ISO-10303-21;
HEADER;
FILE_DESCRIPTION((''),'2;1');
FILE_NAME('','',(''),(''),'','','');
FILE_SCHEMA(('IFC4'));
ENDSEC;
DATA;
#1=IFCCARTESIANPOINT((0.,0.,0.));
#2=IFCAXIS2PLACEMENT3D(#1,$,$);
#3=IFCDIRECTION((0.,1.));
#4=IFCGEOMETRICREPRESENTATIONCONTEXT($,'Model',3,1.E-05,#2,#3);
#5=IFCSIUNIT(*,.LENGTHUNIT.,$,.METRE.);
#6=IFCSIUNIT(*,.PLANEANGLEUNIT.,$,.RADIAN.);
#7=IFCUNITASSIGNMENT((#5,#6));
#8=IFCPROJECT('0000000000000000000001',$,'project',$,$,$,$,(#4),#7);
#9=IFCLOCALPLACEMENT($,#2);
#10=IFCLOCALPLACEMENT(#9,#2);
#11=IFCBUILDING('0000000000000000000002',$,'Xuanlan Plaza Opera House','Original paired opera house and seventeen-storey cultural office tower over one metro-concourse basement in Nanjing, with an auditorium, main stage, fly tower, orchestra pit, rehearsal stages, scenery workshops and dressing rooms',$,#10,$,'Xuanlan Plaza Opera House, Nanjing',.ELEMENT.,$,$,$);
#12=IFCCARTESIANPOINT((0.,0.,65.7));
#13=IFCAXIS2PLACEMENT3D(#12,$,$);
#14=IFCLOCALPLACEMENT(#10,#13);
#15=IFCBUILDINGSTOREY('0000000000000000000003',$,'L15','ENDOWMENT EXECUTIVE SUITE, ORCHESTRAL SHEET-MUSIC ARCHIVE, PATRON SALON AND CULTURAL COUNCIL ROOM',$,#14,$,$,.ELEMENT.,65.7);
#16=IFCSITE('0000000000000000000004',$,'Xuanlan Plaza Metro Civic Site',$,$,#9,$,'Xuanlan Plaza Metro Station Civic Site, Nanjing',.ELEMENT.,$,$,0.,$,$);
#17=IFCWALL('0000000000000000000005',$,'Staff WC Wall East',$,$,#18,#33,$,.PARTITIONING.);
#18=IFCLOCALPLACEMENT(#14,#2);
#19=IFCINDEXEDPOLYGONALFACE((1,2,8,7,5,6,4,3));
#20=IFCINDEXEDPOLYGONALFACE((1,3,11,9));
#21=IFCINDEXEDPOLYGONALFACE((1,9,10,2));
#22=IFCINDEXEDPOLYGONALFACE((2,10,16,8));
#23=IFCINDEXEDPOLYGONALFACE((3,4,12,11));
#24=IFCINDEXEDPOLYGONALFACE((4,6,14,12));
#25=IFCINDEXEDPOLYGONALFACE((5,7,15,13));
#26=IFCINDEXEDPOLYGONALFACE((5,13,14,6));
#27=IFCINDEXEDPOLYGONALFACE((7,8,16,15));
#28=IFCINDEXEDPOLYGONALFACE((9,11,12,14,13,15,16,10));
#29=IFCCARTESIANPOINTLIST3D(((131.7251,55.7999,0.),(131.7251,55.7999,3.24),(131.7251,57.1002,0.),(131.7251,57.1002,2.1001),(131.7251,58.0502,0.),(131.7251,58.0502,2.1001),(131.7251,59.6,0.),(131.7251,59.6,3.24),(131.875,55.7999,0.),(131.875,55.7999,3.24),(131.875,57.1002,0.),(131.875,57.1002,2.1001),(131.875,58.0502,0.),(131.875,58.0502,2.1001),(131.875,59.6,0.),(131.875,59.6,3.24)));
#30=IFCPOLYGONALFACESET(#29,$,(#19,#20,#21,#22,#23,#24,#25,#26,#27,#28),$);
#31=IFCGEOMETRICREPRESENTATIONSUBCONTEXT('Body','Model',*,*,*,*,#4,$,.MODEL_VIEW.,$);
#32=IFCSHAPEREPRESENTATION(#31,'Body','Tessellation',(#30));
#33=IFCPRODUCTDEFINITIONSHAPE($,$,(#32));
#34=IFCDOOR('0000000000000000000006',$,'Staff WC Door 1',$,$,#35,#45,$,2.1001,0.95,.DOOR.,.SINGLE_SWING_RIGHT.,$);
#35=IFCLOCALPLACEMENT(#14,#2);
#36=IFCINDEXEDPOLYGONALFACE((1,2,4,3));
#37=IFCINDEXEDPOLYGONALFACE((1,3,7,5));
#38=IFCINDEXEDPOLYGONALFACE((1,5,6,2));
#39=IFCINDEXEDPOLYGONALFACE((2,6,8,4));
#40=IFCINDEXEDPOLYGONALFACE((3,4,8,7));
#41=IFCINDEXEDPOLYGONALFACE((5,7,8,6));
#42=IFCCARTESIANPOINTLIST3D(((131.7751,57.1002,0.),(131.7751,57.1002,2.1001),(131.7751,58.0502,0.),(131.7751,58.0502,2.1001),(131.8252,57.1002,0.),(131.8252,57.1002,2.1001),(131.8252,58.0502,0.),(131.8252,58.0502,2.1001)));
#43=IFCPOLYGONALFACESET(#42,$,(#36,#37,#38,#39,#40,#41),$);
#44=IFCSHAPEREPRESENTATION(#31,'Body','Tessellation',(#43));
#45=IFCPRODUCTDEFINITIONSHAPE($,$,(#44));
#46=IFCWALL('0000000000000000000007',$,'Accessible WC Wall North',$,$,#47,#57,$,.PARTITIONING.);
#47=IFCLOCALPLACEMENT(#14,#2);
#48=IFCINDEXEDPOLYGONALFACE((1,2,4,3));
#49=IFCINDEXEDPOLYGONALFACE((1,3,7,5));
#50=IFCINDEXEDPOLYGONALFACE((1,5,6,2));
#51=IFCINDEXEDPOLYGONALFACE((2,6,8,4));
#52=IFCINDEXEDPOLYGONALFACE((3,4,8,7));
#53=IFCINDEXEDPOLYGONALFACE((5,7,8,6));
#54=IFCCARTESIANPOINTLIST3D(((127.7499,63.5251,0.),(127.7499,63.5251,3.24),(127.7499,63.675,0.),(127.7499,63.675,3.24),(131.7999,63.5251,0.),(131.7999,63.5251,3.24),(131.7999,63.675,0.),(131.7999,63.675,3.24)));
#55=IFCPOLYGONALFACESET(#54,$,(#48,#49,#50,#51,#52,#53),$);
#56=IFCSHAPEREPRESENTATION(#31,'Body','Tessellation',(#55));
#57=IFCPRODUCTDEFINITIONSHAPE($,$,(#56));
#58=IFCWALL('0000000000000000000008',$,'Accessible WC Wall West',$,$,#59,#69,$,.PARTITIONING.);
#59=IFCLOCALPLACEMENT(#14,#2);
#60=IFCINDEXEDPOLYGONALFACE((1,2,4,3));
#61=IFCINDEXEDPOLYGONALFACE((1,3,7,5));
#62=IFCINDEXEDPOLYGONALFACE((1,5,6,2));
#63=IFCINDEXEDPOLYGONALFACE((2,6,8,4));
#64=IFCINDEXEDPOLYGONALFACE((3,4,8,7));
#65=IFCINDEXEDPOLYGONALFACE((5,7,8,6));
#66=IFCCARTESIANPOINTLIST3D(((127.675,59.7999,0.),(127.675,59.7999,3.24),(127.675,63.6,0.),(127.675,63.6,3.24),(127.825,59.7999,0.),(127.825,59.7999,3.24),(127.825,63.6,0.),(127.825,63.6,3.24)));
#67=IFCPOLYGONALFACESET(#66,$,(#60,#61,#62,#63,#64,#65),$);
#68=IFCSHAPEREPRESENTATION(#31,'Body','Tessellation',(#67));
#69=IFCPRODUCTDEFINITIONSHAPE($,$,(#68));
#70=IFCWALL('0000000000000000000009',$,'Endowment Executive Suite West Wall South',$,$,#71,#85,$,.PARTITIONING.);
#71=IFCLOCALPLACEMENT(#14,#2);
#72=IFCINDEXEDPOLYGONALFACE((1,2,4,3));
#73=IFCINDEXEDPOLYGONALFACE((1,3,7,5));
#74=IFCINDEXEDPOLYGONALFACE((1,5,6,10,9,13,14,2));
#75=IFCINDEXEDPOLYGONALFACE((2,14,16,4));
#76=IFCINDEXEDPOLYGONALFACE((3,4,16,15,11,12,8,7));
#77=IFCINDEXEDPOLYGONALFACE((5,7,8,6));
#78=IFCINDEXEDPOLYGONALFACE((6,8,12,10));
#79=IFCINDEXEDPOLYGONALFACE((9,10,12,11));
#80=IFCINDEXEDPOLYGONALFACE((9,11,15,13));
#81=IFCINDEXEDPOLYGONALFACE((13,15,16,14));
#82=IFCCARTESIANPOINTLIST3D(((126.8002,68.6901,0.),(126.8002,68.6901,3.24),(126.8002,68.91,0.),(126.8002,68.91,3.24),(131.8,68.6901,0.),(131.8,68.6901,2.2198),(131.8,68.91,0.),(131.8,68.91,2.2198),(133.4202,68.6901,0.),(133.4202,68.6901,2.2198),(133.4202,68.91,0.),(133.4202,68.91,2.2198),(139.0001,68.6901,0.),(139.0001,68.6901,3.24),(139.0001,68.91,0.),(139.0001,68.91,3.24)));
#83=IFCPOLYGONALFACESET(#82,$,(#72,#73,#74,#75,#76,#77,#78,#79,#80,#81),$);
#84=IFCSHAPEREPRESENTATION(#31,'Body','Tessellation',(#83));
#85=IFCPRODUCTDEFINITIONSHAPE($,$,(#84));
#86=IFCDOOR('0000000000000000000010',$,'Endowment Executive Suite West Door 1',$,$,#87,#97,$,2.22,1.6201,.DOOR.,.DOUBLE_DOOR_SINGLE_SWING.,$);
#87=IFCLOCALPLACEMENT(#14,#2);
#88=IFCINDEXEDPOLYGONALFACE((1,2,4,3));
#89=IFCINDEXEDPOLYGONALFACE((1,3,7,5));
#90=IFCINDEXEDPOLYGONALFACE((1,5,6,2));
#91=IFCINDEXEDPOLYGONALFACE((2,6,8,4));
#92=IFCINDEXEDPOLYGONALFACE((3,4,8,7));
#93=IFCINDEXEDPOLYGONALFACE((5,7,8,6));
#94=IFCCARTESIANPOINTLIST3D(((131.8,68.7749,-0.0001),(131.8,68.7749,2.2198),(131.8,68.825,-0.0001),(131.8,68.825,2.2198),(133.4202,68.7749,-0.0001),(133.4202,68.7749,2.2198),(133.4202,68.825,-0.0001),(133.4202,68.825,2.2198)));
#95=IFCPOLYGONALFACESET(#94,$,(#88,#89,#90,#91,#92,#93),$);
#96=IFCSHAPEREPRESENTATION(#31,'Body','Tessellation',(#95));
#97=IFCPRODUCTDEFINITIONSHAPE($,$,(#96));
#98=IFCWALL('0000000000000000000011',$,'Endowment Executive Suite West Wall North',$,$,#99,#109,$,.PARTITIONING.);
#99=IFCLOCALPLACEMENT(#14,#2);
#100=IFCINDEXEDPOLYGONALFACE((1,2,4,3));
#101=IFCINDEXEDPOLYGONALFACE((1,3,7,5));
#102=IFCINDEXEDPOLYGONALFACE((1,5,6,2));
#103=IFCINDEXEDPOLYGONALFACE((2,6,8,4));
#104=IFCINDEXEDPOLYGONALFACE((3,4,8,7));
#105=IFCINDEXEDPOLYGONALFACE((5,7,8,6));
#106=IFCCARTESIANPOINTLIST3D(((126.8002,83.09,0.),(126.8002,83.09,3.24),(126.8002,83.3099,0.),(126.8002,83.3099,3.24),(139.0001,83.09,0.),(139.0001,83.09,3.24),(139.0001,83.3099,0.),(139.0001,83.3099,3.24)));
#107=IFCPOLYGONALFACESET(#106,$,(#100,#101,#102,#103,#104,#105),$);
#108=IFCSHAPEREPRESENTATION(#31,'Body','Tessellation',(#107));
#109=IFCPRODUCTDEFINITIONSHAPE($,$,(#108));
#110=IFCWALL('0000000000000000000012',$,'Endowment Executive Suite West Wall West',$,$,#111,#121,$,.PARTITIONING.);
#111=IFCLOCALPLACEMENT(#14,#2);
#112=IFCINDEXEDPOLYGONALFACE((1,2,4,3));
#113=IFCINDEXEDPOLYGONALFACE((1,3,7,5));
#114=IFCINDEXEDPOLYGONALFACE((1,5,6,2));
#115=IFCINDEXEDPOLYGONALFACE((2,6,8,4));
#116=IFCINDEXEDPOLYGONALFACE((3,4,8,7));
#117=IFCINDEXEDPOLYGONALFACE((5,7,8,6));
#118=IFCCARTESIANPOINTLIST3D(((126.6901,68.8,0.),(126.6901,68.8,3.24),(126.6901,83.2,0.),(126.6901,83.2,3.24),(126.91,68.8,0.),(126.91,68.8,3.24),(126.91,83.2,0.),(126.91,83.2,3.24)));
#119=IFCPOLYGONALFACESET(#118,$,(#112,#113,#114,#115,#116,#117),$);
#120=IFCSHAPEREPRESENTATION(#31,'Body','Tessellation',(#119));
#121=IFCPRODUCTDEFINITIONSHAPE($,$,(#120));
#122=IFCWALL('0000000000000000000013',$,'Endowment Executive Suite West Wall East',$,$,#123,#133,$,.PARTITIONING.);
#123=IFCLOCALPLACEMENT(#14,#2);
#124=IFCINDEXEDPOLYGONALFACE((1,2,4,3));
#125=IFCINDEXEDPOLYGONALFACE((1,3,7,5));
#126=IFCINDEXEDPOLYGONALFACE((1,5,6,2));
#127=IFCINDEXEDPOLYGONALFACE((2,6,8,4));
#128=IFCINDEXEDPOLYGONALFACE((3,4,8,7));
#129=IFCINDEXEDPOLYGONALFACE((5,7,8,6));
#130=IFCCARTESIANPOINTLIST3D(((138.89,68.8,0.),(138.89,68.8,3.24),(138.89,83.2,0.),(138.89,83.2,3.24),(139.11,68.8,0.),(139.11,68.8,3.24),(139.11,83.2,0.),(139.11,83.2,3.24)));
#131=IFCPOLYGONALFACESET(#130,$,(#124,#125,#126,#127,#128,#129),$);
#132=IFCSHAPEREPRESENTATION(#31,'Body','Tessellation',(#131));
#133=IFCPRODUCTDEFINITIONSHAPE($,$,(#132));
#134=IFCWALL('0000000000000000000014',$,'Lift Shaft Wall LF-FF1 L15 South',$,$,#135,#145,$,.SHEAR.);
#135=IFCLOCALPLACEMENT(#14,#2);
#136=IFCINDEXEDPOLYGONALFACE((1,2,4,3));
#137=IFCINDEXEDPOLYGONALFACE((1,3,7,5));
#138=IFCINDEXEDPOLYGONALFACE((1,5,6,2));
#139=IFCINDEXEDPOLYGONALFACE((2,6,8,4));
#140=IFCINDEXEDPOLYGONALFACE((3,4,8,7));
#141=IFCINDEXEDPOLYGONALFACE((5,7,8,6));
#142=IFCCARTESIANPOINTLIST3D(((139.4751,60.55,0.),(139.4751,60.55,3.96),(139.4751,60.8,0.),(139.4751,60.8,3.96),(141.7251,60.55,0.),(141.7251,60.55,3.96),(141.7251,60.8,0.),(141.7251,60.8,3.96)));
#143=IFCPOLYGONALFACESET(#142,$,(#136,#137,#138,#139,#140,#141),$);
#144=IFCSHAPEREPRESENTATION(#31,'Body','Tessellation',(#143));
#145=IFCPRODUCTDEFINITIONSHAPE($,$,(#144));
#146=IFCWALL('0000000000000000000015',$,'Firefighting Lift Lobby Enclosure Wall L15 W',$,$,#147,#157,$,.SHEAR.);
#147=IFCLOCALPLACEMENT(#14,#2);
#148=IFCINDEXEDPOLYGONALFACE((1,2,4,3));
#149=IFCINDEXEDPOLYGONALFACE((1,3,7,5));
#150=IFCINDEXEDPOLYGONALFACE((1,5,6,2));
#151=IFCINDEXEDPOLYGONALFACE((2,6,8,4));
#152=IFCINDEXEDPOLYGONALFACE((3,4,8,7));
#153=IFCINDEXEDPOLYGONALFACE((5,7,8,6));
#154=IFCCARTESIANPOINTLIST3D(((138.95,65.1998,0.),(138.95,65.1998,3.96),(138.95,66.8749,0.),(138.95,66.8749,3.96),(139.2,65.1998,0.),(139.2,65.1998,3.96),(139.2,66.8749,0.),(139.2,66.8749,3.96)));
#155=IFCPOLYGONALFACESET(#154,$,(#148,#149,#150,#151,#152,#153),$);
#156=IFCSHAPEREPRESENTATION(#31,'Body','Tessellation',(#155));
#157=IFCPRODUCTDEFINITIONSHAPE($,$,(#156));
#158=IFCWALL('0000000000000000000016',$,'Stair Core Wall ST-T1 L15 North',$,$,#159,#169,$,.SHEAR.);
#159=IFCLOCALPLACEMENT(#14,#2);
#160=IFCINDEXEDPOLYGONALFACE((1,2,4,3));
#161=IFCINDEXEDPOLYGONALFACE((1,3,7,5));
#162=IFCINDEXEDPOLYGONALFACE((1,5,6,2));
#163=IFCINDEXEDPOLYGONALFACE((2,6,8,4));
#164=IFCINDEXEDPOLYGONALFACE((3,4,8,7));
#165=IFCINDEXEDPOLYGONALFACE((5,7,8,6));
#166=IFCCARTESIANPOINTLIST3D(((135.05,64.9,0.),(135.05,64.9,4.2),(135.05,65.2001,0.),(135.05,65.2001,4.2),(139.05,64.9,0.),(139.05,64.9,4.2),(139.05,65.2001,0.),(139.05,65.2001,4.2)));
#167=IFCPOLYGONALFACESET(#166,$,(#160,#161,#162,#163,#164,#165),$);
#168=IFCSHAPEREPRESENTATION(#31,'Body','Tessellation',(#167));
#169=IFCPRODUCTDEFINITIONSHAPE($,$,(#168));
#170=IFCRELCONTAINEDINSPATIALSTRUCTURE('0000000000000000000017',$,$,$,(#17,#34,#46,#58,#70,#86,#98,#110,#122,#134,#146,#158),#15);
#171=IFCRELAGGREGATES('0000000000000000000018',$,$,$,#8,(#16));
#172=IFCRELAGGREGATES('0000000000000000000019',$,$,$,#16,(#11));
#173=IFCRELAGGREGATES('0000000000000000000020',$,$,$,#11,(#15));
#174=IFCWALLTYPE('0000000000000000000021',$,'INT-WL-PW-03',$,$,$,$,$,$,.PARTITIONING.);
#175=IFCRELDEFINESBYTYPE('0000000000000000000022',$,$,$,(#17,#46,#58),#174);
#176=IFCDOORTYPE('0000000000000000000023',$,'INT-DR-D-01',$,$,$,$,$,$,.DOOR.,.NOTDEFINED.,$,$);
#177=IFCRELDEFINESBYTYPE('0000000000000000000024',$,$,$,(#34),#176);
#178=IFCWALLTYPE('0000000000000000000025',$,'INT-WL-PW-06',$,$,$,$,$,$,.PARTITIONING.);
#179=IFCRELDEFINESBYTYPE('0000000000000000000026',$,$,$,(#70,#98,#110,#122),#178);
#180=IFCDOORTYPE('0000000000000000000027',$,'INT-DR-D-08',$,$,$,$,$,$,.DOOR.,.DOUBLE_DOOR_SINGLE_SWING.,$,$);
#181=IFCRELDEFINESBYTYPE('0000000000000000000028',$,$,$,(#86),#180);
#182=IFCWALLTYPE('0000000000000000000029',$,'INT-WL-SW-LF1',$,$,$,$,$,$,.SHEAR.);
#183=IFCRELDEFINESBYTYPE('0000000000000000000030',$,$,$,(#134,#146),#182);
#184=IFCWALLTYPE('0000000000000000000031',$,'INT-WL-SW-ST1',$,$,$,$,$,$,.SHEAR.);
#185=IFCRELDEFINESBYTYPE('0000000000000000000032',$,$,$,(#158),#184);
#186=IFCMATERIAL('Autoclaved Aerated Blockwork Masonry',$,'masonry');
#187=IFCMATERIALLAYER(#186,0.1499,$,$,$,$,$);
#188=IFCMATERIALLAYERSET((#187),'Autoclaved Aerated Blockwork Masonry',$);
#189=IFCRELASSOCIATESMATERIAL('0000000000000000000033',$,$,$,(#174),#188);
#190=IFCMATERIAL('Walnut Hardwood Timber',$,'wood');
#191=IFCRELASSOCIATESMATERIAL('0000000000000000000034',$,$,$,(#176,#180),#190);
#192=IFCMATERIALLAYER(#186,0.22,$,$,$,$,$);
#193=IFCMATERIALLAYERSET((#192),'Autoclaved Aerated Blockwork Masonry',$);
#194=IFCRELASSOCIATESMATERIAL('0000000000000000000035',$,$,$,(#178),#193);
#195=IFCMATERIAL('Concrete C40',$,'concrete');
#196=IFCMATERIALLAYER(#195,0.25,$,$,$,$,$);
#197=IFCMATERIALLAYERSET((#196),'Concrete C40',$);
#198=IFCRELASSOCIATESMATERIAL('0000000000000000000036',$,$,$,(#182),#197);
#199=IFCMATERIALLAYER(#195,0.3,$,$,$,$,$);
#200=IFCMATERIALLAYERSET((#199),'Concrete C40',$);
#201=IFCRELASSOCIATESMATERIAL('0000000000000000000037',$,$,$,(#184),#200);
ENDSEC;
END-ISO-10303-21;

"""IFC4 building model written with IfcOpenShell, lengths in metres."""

from ifc_helpers import new_model, si_unit, direction, frame, frame_2d, origin, place, context, subcontext, project, spatial, rectangle, extrude, material, layer, layer_set, type_object, element, fill, save


model = new_model("IFC4")

# Units and contexts
model_context = context("Model", 3, precision=1e-05, world=origin(), true_north=direction((0.0, 1.0)))
body_context = subcontext(model_context, "Body", "Model", "MODEL_VIEW")
ifc_project = project(units=[si_unit("LENGTHUNIT", "METRE"), si_unit("PLANEANGLEUNIT", "RADIAN")], contexts=[model_context])

# Site, building, storey
site_placement = place(None, origin())
site = spatial("IfcSite", under=ifc_project, at=site_placement, Name="Xuanlan Plaza Metro Civic Site", LongName="Xuanlan Plaza Metro Station Civic Site, Nanjing", CompositionType="ELEMENT", RefElevation=0.0)
building_placement = place(site_placement, origin())
building = spatial("IfcBuilding", under=site, at=building_placement, Name="Xuanlan Plaza Opera House", Description="Original paired opera house and seventeen-storey cultural office tower over one metro-concourse basement in Nanjing, with an auditorium, main stage, fly tower, orchestra pit, rehearsal stages, scenery workshops and dressing rooms", LongName="Xuanlan Plaza Opera House, Nanjing", CompositionType="ELEMENT")
storey_placement = place(building_placement, frame((0.0, 0.0, 65.7)))
storey = spatial("IfcBuildingStorey", under=building, at=storey_placement, Name="L15", Description="ENDOWMENT EXECUTIVE SUITE, ORCHESTRAL SHEET-MUSIC ARCHIVE, PATRON SALON AND CULTURAL COUNCIL ROOM", CompositionType="ELEMENT", Elevation=65.7)

# Shared definitions
ifc_material_1 = material(Name="Concrete C40", Category="concrete")

# Shared definitions
ifc_material_2 = material(Name="Walnut Hardwood Timber", Category="wood")

# Shared definitions
ifc_material_3 = material(Name="Autoclaved Aerated Blockwork Masonry", Category="masonry")
ifc_layer_1 = layer(ifc_material_3, 0.1499)
ifc_layer_set_1 = layer_set([ifc_layer_1], Name="Autoclaved Aerated Blockwork Masonry")
wall_type_1 = type_object("IfcWallType", Name="INT-WL-PW-03", PredefinedType="PARTITIONING", material=ifc_layer_set_1)

# Wall, opening, door
wall_1_placement = place(storey_placement, frame((131.8, 55.8, 0.0), z_axis=(0.0, 0.0, 1.0), x_axis=(0.0, 1.0, 0.0)))
wall_1 = element("IfcWall", 1, at=wall_1_placement, inside=storey, type_object=wall_type_1, Name="Staff WC Wall East", PredefinedType="PARTITIONING", context=body_context, shape_type="SweptSolid", body=[
    extrude(rectangle(XDim=3.8, YDim=0.1499, at=frame_2d((1.8999, 0.0))), origin(), (0.0, 0.0, 1.0), 3.24),
])
opening_1_placement = place(wall_1_placement, frame((1.3, 0.0, 0.0)))
opening_1 = element("IfcOpeningElement", 2, at=opening_1_placement, cuts=wall_1, PredefinedType="OPENING", context=body_context, shape_type="SweptSolid", body=[
    extrude(rectangle(XDim=0.95, YDim=2.1001, at=frame_2d((0.4751, 1.05))), frame((0.0, 0.085, 0.0), z_axis=(0.0, -1.0, 0.0), x_axis=(1.0, 0.0, 0.0)), (0.0, 0.0, 1.0), 0.1699),
])
door_type_1 = type_object("IfcDoorType", Name="INT-DR-D-01", OperationType="NOTDEFINED", PredefinedType="DOOR", material=ifc_material_2)
door_1_placement = place(opening_1_placement, origin())
door_1 = element("IfcDoor", 3, at=door_1_placement, inside=storey, type_object=door_type_1, Name="Staff WC Door 1", OperationType="SINGLE_SWING_RIGHT", OverallHeight=2.1001, OverallWidth=0.95, PredefinedType="DOOR", context=body_context, shape_type="SweptSolid", body=[
    extrude(rectangle(XDim=0.95, YDim=2.1001, at=frame_2d((0.4751, 1.05))), frame((0.0, 0.0249, 0.0), z_axis=(0.0, -1.0, 0.0), x_axis=(1.0, 0.0, 0.0)), (0.0, 0.0, 1.0), 0.05),
])
fill(opening_1, door_1)

# Walls
wall_2_placement = place(storey_placement, frame((127.75, 63.6001, 0.0), z_axis=(0.0, 0.0, 1.0), x_axis=(1.0, 0.0, 0.0)))
element("IfcWall", 4, at=wall_2_placement, inside=storey, type_object=wall_type_1, Name="Accessible WC Wall North", PredefinedType="PARTITIONING", context=body_context, shape_type="SweptSolid", body=[
    extrude(rectangle(XDim=4.05, YDim=0.1499, at=frame_2d((2.0249, 0.0))), origin(), (0.0, 0.0, 1.0), 3.24),
])
wall_3_placement = place(storey_placement, frame((127.75, 59.8, 0.0), z_axis=(0.0, 0.0, 1.0), x_axis=(0.0, 1.0, 0.0)))
element("IfcWall", 5, at=wall_3_placement, inside=storey, type_object=wall_type_1, Name="Accessible WC Wall West", PredefinedType="PARTITIONING", context=body_context, shape_type="SweptSolid", body=[
    extrude(rectangle(XDim=3.8, YDim=0.1499, at=frame_2d((1.8999, 0.0))), origin(), (0.0, 0.0, 1.0), 3.24),
])

# Wall, opening, door
ifc_layer_2 = layer(ifc_material_3, 0.22)
ifc_layer_set_2 = layer_set([ifc_layer_2], Name="Autoclaved Aerated Blockwork Masonry")
wall_type_2 = type_object("IfcWallType", Name="INT-WL-PW-06", PredefinedType="PARTITIONING", material=ifc_layer_set_2)
wall_4_placement = place(storey_placement, frame((126.8, 68.8, 0.0), z_axis=(0.0, 0.0, 1.0), x_axis=(1.0, 0.0, 0.0)))
wall_4 = element("IfcWall", 6, at=wall_4_placement, inside=storey, type_object=wall_type_2, Name="Endowment Executive Suite West Wall South", PredefinedType="PARTITIONING", context=body_context, shape_type="SweptSolid", body=[
    extrude(rectangle(XDim=12.2, YDim=0.22, at=frame_2d((6.1001, 0.0))), origin(), (0.0, 0.0, 1.0), 3.24),
])
opening_2_placement = place(wall_4_placement, frame((5.0, 0.0, 0.0)))
opening_2 = element("IfcOpeningElement", 7, at=opening_2_placement, cuts=wall_4, PredefinedType="OPENING", context=body_context, shape_type="SweptSolid", body=[
    extrude(rectangle(XDim=1.6201, YDim=2.22, at=frame_2d((0.8101, 1.1099))), frame((0.0, 0.1199, 0.0), z_axis=(0.0, -1.0, 0.0), x_axis=(1.0, 0.0, 0.0)), (0.0, 0.0, 1.0), 0.24),
])
door_type_2 = type_object("IfcDoorType", Name="INT-DR-D-08", OperationType="DOUBLE_DOOR_SINGLE_SWING", PredefinedType="DOOR", material=ifc_material_2)
door_2_placement = place(opening_2_placement, origin())
door_2 = element("IfcDoor", 8, at=door_2_placement, inside=storey, type_object=door_type_2, Name="Endowment Executive Suite West Door 1", OperationType="DOUBLE_DOOR_SINGLE_SWING", OverallHeight=2.22, OverallWidth=1.6201, PredefinedType="DOOR", context=body_context, shape_type="SweptSolid", body=[
    extrude(rectangle(XDim=1.6201, YDim=2.22, at=frame_2d((0.8101, 1.1099))), frame((0.0, 0.0249, 0.0), z_axis=(0.0, -1.0, 0.0), x_axis=(1.0, 0.0, 0.0)), (0.0, 0.0, 1.0), 0.05),
])
fill(opening_2, door_2)

# Walls
wall_5_placement = place(storey_placement, frame((126.8, 83.2, 0.0), z_axis=(0.0, 0.0, 1.0), x_axis=(1.0, 0.0, 0.0)))
element("IfcWall", 9, at=wall_5_placement, inside=storey, type_object=wall_type_2, Name="Endowment Executive Suite West Wall North", PredefinedType="PARTITIONING", context=body_context, shape_type="SweptSolid", body=[
    extrude(rectangle(XDim=12.2, YDim=0.22, at=frame_2d((6.1001, 0.0))), origin(), (0.0, 0.0, 1.0), 3.24),
])
for number, where, z_axis, x_axis, name in (
    (10, (126.8, 68.8, 0.0), (0.0, 0.0, 1.0), (0.0, 1.0, 0.0), "Endowment Executive Suite West Wall West"),
    (11, (139.0, 68.8, 0.0), (0.0, 0.0, 1.0), (0.0, 1.0, 0.0), "Endowment Executive Suite West Wall East"),
):
    element("IfcWall", number, at=place(storey_placement, frame(where, z_axis=z_axis, x_axis=x_axis)), inside=storey, type_object=wall_type_2, Name=name, PredefinedType="PARTITIONING", context=body_context, shape_type="SweptSolid", body=[
        extrude(rectangle(XDim=14.3999, YDim=0.22, at=frame_2d((7.2, 0.0))), origin(), (0.0, 0.0, 1.0), 3.24),
    ])
ifc_layer_3 = layer(ifc_material_1, 0.25)
ifc_layer_set_3 = layer_set([ifc_layer_3], Name="Concrete C40")
wall_type_3 = type_object("IfcWallType", Name="INT-WL-SW-LF1", PredefinedType="SHEAR", material=ifc_layer_set_3)
wall_6_placement = place(storey_placement, frame((139.4751, 60.675, 0.0), z_axis=(0.0, 0.0, 1.0), x_axis=(1.0, 0.0, 0.0)))
element("IfcWall", 12, at=wall_6_placement, inside=storey, type_object=wall_type_3, Name="Lift Shaft Wall LF-FF1 L15 South", PredefinedType="SHEAR", context=body_context, shape_type="SweptSolid", body=[
    extrude(rectangle(XDim=2.25, YDim=0.25, at=frame_2d((1.125, 0.0))), origin(), (0.0, 0.0, 1.0), 3.96),
])
wall_7_placement = place(storey_placement, frame((139.075, 65.2, 0.0), z_axis=(0.0, 0.0, 1.0), x_axis=(0.0, 1.0, 0.0)))
element("IfcWall", 13, at=wall_7_placement, inside=storey, type_object=wall_type_3, Name="Firefighting Lift Lobby Enclosure Wall L15 W", PredefinedType="SHEAR", context=body_context, shape_type="SweptSolid", body=[
    extrude(rectangle(XDim=1.675, YDim=0.25, at=frame_2d((0.8374, 0.0))), origin(), (0.0, 0.0, 1.0), 3.96),
])

# Wall
ifc_layer_4 = layer(ifc_material_1, 0.3)
ifc_layer_set_4 = layer_set([ifc_layer_4], Name="Concrete C40")
wall_type_4 = type_object("IfcWallType", Name="INT-WL-SW-ST1", PredefinedType="SHEAR", material=ifc_layer_set_4)
wall_8_placement = place(storey_placement, frame((135.05, 65.05, 0.0), z_axis=(0.0, 0.0, 1.0), x_axis=(1.0, 0.0, 0.0)))
element("IfcWall", 14, at=wall_8_placement, inside=storey, type_object=wall_type_4, Name="Stair Core Wall ST-T1 L15 North", PredefinedType="SHEAR", context=body_context, shape_type="SweptSolid", body=[
    extrude(rectangle(XDim=4.0, YDim=0.3, at=frame_2d((2.0, 0.0))), origin(), (0.0, 0.0, 1.0), 4.2),
])

save(model, "model.ifc")
